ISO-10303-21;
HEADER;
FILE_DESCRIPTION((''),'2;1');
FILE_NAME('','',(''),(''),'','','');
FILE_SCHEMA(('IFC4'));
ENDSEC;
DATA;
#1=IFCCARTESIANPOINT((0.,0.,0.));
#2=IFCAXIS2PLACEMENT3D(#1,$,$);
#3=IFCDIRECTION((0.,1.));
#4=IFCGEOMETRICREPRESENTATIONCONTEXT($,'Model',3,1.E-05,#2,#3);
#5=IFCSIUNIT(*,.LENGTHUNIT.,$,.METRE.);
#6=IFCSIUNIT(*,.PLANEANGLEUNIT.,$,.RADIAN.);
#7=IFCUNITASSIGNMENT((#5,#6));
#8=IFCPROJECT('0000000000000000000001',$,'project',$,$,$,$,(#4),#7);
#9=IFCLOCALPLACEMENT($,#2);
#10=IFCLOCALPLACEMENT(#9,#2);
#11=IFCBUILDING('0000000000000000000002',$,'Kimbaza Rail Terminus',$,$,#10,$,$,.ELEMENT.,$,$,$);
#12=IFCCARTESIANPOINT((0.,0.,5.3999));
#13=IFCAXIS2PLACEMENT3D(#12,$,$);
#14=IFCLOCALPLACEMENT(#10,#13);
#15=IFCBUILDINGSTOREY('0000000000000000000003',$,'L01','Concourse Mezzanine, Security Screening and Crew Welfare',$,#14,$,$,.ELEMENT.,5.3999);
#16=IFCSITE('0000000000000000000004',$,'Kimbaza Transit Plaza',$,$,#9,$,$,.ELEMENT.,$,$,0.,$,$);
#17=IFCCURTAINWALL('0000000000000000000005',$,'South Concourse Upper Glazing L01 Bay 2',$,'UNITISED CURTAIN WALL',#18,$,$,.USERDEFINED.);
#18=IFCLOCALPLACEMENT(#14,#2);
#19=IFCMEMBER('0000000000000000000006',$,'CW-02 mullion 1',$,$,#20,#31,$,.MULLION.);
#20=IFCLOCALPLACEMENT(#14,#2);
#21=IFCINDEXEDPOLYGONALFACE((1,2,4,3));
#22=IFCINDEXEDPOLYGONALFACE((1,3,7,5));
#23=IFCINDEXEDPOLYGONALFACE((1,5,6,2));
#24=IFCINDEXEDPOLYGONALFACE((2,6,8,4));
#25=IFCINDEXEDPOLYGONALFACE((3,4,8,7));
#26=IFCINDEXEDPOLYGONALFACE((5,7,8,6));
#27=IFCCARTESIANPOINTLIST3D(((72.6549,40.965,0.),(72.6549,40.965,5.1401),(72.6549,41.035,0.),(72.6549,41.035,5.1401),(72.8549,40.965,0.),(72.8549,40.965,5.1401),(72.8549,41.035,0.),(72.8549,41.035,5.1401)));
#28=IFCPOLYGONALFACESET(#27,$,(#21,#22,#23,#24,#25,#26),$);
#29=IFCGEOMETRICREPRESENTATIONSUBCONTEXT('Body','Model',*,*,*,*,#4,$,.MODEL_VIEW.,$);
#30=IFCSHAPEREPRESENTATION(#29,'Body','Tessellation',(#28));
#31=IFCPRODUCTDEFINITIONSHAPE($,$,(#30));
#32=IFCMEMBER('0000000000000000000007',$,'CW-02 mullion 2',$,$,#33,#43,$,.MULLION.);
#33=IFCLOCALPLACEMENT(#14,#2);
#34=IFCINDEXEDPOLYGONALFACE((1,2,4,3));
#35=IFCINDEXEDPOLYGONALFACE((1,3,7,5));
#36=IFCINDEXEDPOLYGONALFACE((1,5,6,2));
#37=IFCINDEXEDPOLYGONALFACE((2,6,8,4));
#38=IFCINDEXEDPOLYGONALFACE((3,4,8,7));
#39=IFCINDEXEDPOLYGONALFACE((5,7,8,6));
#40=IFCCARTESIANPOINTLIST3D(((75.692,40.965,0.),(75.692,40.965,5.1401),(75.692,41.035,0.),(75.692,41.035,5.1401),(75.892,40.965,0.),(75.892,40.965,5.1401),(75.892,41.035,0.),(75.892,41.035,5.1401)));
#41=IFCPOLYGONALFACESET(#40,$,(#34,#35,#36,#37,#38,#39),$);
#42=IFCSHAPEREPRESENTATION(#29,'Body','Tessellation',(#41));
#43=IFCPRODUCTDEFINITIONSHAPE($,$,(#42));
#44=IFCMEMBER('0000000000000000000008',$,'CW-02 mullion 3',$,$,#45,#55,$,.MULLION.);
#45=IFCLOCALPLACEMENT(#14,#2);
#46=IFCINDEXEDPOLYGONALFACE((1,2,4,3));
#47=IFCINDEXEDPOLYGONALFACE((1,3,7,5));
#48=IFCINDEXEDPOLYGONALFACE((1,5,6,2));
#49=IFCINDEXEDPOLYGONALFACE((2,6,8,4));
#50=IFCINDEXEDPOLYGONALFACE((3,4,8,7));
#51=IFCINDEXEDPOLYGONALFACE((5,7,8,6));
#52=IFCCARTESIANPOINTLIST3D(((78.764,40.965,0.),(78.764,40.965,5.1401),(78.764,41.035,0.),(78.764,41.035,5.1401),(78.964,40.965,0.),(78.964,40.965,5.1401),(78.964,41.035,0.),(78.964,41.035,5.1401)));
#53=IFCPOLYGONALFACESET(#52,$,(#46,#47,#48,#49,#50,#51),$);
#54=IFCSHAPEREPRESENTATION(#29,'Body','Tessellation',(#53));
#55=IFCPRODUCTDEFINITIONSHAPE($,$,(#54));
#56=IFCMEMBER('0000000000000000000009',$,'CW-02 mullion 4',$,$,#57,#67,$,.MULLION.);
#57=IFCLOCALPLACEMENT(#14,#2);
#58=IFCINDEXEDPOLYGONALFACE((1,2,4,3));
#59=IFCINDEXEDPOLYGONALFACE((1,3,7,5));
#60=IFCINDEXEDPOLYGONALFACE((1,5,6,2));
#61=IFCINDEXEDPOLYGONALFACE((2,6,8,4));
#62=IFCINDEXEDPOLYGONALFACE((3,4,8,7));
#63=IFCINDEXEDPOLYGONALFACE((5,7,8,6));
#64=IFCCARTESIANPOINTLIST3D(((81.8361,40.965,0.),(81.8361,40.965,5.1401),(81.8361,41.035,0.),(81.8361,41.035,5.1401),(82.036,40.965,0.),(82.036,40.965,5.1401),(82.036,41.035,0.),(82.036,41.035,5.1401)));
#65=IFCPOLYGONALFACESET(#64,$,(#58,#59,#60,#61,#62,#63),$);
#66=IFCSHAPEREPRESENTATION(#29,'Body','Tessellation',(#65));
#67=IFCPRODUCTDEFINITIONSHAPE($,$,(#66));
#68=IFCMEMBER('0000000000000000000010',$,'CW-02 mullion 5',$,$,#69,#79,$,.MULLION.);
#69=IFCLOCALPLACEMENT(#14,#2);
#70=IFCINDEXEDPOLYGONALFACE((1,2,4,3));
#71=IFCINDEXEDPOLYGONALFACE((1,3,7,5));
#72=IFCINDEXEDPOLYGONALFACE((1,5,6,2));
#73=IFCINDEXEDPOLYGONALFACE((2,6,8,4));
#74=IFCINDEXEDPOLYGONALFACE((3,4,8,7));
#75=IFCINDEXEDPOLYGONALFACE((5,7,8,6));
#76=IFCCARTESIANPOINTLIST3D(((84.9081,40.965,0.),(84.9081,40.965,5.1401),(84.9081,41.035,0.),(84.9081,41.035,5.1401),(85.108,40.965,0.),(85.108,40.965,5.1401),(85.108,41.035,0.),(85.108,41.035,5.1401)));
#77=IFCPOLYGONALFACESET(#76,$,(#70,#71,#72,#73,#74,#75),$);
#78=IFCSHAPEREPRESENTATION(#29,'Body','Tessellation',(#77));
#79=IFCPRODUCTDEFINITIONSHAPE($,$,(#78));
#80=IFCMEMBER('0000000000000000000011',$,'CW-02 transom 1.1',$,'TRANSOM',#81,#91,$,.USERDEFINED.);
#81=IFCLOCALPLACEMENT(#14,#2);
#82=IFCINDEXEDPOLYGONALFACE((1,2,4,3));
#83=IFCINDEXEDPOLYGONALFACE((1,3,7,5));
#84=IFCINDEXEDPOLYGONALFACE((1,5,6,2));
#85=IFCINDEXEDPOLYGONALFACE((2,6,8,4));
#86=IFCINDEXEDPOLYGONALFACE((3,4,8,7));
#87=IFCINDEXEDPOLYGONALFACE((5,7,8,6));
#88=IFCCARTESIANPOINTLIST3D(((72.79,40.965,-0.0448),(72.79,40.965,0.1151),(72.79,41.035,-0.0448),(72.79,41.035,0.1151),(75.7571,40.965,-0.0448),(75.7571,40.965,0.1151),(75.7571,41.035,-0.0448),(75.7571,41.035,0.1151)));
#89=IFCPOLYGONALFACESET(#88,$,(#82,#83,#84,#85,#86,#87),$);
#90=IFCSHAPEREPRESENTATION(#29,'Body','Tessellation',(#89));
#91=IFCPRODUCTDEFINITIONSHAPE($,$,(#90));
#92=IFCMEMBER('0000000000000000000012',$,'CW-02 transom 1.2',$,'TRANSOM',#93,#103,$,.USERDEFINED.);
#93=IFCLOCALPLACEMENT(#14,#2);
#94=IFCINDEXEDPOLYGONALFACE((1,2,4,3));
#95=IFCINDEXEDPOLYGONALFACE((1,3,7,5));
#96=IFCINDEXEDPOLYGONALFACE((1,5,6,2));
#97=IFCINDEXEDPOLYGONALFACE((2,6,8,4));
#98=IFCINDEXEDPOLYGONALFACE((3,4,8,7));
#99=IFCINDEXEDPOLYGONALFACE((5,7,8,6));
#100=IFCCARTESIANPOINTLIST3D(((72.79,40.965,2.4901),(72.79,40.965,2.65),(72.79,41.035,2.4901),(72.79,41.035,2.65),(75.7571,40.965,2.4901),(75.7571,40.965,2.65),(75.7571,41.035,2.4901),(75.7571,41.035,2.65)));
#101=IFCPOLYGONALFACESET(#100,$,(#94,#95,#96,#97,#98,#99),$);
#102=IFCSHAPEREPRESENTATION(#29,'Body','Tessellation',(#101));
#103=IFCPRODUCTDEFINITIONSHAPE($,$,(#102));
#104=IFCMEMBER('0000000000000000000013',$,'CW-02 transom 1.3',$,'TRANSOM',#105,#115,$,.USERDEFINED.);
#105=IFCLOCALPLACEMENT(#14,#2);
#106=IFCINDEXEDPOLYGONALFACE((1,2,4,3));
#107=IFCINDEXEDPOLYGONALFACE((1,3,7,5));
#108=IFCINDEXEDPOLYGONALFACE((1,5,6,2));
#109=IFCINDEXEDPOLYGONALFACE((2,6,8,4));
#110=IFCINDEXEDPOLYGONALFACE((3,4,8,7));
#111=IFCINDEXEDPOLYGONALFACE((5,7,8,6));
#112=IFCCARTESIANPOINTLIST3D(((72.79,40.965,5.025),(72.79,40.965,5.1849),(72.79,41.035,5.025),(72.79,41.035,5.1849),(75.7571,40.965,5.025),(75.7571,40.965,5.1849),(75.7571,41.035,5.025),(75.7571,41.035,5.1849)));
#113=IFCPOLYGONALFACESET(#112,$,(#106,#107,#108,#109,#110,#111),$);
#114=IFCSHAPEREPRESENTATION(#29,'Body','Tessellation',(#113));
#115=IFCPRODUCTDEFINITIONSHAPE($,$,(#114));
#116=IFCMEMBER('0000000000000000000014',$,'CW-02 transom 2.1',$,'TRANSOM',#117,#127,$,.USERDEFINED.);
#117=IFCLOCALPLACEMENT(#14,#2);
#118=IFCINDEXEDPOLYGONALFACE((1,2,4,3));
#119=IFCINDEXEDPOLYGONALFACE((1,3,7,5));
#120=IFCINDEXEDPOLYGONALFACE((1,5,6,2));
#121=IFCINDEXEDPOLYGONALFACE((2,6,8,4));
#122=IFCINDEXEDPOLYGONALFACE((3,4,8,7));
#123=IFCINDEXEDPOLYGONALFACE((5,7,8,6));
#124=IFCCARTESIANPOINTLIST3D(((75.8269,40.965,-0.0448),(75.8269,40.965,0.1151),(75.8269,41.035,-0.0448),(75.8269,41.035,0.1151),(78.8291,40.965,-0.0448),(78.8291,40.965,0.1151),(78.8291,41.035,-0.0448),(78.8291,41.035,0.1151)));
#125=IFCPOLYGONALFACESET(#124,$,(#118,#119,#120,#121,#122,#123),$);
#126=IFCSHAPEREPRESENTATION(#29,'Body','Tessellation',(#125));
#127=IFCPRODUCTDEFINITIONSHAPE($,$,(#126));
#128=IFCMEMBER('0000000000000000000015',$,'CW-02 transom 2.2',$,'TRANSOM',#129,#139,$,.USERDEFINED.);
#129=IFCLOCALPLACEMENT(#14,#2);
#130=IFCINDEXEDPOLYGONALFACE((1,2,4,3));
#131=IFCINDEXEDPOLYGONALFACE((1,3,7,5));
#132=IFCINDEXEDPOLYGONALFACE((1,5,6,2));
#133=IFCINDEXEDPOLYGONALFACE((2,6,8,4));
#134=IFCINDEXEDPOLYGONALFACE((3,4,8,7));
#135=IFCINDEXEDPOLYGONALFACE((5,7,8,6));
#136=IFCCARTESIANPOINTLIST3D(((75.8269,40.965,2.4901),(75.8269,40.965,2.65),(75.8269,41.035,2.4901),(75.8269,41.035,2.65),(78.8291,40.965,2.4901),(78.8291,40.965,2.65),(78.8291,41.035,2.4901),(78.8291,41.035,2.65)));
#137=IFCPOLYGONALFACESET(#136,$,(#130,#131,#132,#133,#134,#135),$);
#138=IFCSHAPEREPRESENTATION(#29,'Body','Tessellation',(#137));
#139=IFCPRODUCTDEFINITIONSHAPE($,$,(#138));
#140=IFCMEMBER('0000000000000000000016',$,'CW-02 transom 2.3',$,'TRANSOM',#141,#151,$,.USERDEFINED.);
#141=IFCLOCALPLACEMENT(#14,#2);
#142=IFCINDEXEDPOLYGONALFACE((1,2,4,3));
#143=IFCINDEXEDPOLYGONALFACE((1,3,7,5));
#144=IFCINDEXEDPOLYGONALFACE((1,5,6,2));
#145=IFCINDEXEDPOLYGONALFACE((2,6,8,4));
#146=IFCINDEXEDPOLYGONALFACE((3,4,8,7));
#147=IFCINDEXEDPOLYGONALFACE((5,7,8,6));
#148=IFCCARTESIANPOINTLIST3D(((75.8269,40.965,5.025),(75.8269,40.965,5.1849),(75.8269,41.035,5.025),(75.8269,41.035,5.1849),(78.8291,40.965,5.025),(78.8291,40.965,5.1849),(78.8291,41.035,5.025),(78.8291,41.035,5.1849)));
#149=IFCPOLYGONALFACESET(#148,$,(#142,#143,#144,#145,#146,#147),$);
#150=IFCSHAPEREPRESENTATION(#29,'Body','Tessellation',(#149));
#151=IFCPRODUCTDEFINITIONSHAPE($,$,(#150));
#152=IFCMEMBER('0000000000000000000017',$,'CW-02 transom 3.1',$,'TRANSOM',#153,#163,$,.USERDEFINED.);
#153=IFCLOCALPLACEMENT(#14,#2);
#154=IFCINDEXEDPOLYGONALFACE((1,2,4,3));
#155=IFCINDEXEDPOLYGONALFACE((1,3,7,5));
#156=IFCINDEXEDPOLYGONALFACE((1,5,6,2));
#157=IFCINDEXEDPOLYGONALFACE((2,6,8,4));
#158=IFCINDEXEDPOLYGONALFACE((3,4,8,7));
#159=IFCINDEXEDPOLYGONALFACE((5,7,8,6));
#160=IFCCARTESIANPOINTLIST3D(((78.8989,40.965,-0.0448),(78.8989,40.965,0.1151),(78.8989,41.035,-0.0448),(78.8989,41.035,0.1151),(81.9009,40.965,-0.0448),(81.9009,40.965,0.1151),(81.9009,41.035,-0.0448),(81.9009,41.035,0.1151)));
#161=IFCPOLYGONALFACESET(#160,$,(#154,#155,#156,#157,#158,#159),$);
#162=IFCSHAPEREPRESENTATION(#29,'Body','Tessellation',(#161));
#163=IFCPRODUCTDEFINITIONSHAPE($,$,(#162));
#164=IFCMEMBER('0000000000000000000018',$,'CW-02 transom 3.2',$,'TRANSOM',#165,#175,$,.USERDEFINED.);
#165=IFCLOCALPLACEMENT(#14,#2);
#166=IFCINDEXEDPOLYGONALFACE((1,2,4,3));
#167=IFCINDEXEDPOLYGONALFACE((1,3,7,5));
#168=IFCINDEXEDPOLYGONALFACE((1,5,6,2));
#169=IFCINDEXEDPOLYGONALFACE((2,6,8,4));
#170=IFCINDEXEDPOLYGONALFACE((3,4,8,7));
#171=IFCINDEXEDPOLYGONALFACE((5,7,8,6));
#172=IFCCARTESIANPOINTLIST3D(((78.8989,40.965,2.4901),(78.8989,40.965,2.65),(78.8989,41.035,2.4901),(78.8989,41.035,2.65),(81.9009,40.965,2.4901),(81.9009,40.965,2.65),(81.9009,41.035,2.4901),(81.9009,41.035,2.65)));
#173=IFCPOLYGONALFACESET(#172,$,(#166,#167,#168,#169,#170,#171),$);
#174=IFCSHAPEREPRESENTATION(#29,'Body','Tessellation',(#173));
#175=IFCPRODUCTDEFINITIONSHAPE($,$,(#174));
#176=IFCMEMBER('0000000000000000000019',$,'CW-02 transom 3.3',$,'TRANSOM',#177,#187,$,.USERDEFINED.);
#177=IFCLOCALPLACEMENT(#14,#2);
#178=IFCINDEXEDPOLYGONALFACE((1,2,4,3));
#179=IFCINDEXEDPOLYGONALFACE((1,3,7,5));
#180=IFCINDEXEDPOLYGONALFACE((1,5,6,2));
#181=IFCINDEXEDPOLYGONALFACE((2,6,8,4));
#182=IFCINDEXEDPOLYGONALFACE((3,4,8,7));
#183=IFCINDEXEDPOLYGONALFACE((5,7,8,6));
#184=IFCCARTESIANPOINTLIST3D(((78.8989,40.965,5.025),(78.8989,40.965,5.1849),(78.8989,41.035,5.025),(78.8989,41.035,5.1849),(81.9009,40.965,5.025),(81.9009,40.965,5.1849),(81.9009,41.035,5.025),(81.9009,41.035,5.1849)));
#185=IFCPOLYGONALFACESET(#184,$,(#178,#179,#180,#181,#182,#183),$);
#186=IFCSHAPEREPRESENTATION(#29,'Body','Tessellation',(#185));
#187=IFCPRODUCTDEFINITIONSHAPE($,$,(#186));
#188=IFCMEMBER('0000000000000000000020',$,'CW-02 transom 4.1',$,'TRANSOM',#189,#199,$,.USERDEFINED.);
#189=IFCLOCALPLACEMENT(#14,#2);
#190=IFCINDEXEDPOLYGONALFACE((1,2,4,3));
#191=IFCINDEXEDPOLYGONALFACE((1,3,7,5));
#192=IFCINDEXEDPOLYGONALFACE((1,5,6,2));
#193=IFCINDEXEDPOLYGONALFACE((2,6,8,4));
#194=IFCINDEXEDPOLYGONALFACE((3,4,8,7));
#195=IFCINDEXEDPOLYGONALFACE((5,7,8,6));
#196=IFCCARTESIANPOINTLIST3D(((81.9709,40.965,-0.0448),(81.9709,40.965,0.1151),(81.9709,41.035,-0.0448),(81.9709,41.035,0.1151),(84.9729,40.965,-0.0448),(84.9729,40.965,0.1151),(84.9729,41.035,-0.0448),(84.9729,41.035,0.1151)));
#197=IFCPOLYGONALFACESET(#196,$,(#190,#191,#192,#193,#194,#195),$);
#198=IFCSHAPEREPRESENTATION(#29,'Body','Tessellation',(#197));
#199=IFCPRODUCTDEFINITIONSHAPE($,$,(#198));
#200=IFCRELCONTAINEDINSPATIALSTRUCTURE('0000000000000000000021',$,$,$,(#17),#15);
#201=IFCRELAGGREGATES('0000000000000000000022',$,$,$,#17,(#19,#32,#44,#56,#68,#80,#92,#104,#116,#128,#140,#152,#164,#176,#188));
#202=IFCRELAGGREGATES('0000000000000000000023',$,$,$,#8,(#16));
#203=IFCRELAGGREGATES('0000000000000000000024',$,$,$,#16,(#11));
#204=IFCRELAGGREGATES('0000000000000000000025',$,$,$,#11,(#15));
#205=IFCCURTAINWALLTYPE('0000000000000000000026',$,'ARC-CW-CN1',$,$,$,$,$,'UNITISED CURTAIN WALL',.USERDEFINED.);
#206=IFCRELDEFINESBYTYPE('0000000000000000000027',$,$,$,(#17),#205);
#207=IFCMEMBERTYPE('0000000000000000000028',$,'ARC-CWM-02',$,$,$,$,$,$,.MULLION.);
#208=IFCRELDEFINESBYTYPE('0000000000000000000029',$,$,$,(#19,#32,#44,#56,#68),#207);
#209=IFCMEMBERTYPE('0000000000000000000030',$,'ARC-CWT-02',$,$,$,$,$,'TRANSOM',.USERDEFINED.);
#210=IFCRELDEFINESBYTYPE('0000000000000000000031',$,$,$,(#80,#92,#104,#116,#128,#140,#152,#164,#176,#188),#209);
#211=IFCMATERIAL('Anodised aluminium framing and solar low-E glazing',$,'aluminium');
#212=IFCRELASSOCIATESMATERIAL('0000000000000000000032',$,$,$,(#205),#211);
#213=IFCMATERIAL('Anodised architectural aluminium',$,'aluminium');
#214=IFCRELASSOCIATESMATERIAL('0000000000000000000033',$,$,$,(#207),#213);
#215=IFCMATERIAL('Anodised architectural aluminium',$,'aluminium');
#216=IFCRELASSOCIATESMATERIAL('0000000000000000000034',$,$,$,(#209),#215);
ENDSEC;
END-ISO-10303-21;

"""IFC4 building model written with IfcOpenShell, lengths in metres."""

from ifc_helpers import new_model, si_unit, direction, frame, origin, origin_2d, place, context, subcontext, project, spatial, rectangle, extrude, material, material_profile, profile_set, type_object, element, aggregate, save


model = new_model("IFC4")

# Units and contexts
model_context = context("Model", 3, precision=1e-05, world=origin(), true_north=direction((0.0, 1.0)))
body_context = subcontext(model_context, "Body", "Model", "MODEL_VIEW")
ifc_project = project(units=[si_unit("LENGTHUNIT", "METRE"), si_unit("PLANEANGLEUNIT", "RADIAN")], contexts=[model_context])

# Site, building, storey
site_placement = place(None, origin())
site = spatial("IfcSite", under=ifc_project, at=site_placement, Name="Kimbaza Transit Plaza", CompositionType="ELEMENT", RefElevation=0.0)
building_placement = place(site_placement, origin())
building = spatial("IfcBuilding", under=site, at=building_placement, Name="Kimbaza Rail Terminus", CompositionType="ELEMENT")
storey_placement = place(building_placement, frame((0.0, 0.0, 5.3999)))
storey = spatial("IfcBuildingStorey", under=building, at=storey_placement, Name="L01", Description="Concourse Mezzanine, Security Screening and Crew Welfare", CompositionType="ELEMENT", Elevation=5.3999)

# Curtain wall, members
ifc_material_1 = material(Name="Anodised aluminium framing and solar low-E glazing", Category="aluminium")
curtain_wall_type = type_object("IfcCurtainWallType", Name="ARC-CW-CN1", ElementType="UNITISED CURTAIN WALL", PredefinedType="USERDEFINED", material=ifc_material_1)
curtain_wall_placement = place(storey_placement, origin())
curtain_wall = element("IfcCurtainWall", 1, at=curtain_wall_placement, inside=storey, type_object=curtain_wall_type, Name="South Concourse Upper Glazing L01 Bay 2", ObjectType="UNITISED CURTAIN WALL", PredefinedType="USERDEFINED")
ifc_material_2 = material(Name="Anodised architectural aluminium", Category="aluminium")
ifc_material_profile_1 = material_profile(ifc_material_2, rectangle(XDim=0.0701, YDim=0.2, at=origin_2d()), Name="MULLION 70x200")
ifc_profile_set_1 = profile_set([ifc_material_profile_1], Name="Anodised architectural aluminium")
member_type_1 = type_object("IfcMemberType", Name="ARC-CWM-02", PredefinedType="MULLION", material=ifc_profile_set_1)
member_1_placement = place(storey_placement, frame((72.7549, 41.0, 0.0), z_axis=(0.0, 0.0, 1.0), x_axis=(0.0, 1.0, 0.0)))
member_1 = element("IfcMember", 2, at=member_1_placement, type_object=member_type_1, Name="CW-02 mullion 1", PredefinedType="MULLION", context=body_context, shape_type="SweptSolid", body=[
    extrude(rectangle(XDim=0.0701, YDim=0.2, at=origin_2d()), origin(), (0.0, 0.0, 1.0), 5.1401),
])
member_2_placement = place(storey_placement, frame((75.792, 41.0, 0.0), z_axis=(0.0, 0.0, 1.0), x_axis=(0.0, 1.0, 0.0)))
member_2 = element("IfcMember", 3, at=member_2_placement, type_object=member_type_1, Name="CW-02 mullion 2", PredefinedType="MULLION", context=body_context, shape_type="SweptSolid", body=[
    extrude(rectangle(XDim=0.0701, YDim=0.2, at=origin_2d()), origin(), (0.0, 0.0, 1.0), 5.1401),
])
member_3_placement = place(storey_placement, frame((78.864, 41.0, 0.0), z_axis=(0.0, 0.0, 1.0), x_axis=(0.0, 1.0, 0.0)))
member_3 = element("IfcMember", 4, at=member_3_placement, type_object=member_type_1, Name="CW-02 mullion 3", PredefinedType="MULLION", context=body_context, shape_type="SweptSolid", body=[
    extrude(rectangle(XDim=0.0701, YDim=0.2, at=origin_2d()), origin(), (0.0, 0.0, 1.0), 5.1401),
])
member_4_placement = place(storey_placement, frame((81.936, 41.0, 0.0), z_axis=(0.0, 0.0, 1.0), x_axis=(0.0, 1.0, 0.0)))
member_4 = element("IfcMember", 5, at=member_4_placement, type_object=member_type_1, Name="CW-02 mullion 4", PredefinedType="MULLION", context=body_context, shape_type="SweptSolid", body=[
    extrude(rectangle(XDim=0.0701, YDim=0.2, at=origin_2d()), origin(), (0.0, 0.0, 1.0), 5.1401),
])
member_5_placement = place(storey_placement, frame((85.0081, 41.0, 0.0), z_axis=(0.0, 0.0, 1.0), x_axis=(0.0, 1.0, 0.0)))
member_5 = element("IfcMember", 6, at=member_5_placement, type_object=member_type_1, Name="CW-02 mullion 5", PredefinedType="MULLION", context=body_context, shape_type="SweptSolid", body=[
    extrude(rectangle(XDim=0.0701, YDim=0.2, at=origin_2d()), origin(), (0.0, 0.0, 1.0), 5.1401),
])
ifc_material_3 = material(Name="Anodised architectural aluminium", Category="aluminium")
ifc_material_profile_2 = material_profile(ifc_material_3, rectangle(XDim=0.0701, YDim=0.1599, at=origin_2d()), Name="TRANSOM 70x160")
ifc_profile_set_2 = profile_set([ifc_material_profile_2], Name="Anodised architectural aluminium")
member_type_2 = type_object("IfcMemberType", Name="ARC-CWT-02", ElementType="TRANSOM", PredefinedType="USERDEFINED", material=ifc_profile_set_2)
member_6_placement = place(storey_placement, frame((72.79, 41.0, 0.0352), z_axis=(1.0, 0.0, 0.0), x_axis=(0.0, 1.0, 0.0)))
member_6 = element("IfcMember", 7, at=member_6_placement, type_object=member_type_2, Name="CW-02 transom 1.1", ObjectType="TRANSOM", PredefinedType="USERDEFINED", context=body_context, shape_type="SweptSolid", body=[
    extrude(rectangle(XDim=0.0701, YDim=0.1599, at=origin_2d()), origin(), (0.0, 0.0, 1.0), 2.967),
])
member_7_placement = place(storey_placement, frame((72.79, 41.0, 2.5701), z_axis=(1.0, 0.0, 0.0), x_axis=(0.0, 1.0, 0.0)))
member_7 = element("IfcMember", 8, at=member_7_placement, type_object=member_type_2, Name="CW-02 transom 1.2", ObjectType="TRANSOM", PredefinedType="USERDEFINED", context=body_context, shape_type="SweptSolid", body=[
    extrude(rectangle(XDim=0.0701, YDim=0.1599, at=origin_2d()), origin(), (0.0, 0.0, 1.0), 2.967),
])
member_8_placement = place(storey_placement, frame((72.79, 41.0, 5.105), z_axis=(1.0, 0.0, 0.0), x_axis=(0.0, 1.0, 0.0)))
member_8 = element("IfcMember", 9, at=member_8_placement, type_object=member_type_2, Name="CW-02 transom 1.3", ObjectType="TRANSOM", PredefinedType="USERDEFINED", context=body_context, shape_type="SweptSolid", body=[
    extrude(rectangle(XDim=0.0701, YDim=0.1599, at=origin_2d()), origin(), (0.0, 0.0, 1.0), 2.967),
])
member_9_placement = place(storey_placement, frame((75.8269, 41.0, 0.0352), z_axis=(1.0, 0.0, 0.0), x_axis=(0.0, 1.0, 0.0)))
member_9 = element("IfcMember", 10, at=member_9_placement, type_object=member_type_2, Name="CW-02 transom 2.1", ObjectType="TRANSOM", PredefinedType="USERDEFINED", context=body_context, shape_type="SweptSolid", body=[
    extrude(rectangle(XDim=0.0701, YDim=0.1599, at=origin_2d()), origin(), (0.0, 0.0, 1.0), 3.0022),
])
member_10_placement = place(storey_placement, frame((75.8269, 41.0, 2.5701), z_axis=(1.0, 0.0, 0.0), x_axis=(0.0, 1.0, 0.0)))
member_10 = element("IfcMember", 11, at=member_10_placement, type_object=member_type_2, Name="CW-02 transom 2.2", ObjectType="TRANSOM", PredefinedType="USERDEFINED", context=body_context, shape_type="SweptSolid", body=[
    extrude(rectangle(XDim=0.0701, YDim=0.1599, at=origin_2d()), origin(), (0.0, 0.0, 1.0), 3.0022),
])
member_11_placement = place(storey_placement, frame((75.8269, 41.0, 5.105), z_axis=(1.0, 0.0, 0.0), x_axis=(0.0, 1.0, 0.0)))
member_11 = element("IfcMember", 12, at=member_11_placement, type_object=member_type_2, Name="CW-02 transom 2.3", ObjectType="TRANSOM", PredefinedType="USERDEFINED", context=body_context, shape_type="SweptSolid", body=[
    extrude(rectangle(XDim=0.0701, YDim=0.1599, at=origin_2d()), origin(), (0.0, 0.0, 1.0), 3.0022),
])
member_12_placement = place(storey_placement, frame((78.8989, 41.0, 0.0352), z_axis=(1.0, 0.0, 0.0), x_axis=(0.0, 1.0, 0.0)))
member_12 = element("IfcMember", 13, at=member_12_placement, type_object=member_type_2, Name="CW-02 transom 3.1", ObjectType="TRANSOM", PredefinedType="USERDEFINED", context=body_context, shape_type="SweptSolid", body=[
    extrude(rectangle(XDim=0.0701, YDim=0.1599, at=origin_2d()), origin(), (0.0, 0.0, 1.0), 3.002),
])
member_13_placement = place(storey_placement, frame((78.8989, 41.0, 2.5701), z_axis=(1.0, 0.0, 0.0), x_axis=(0.0, 1.0, 0.0)))
member_13 = element("IfcMember", 14, at=member_13_placement, type_object=member_type_2, Name="CW-02 transom 3.2", ObjectType="TRANSOM", PredefinedType="USERDEFINED", context=body_context, shape_type="SweptSolid", body=[
    extrude(rectangle(XDim=0.0701, YDim=0.1599, at=origin_2d()), origin(), (0.0, 0.0, 1.0), 3.002),
])
member_14_placement = place(storey_placement, frame((78.8989, 41.0, 5.105), z_axis=(1.0, 0.0, 0.0), x_axis=(0.0, 1.0, 0.0)))
member_14 = element("IfcMember", 15, at=member_14_placement, type_object=member_type_2, Name="CW-02 transom 3.3", ObjectType="TRANSOM", PredefinedType="USERDEFINED", context=body_context, shape_type="SweptSolid", body=[
    extrude(rectangle(XDim=0.0701, YDim=0.1599, at=origin_2d()), origin(), (0.0, 0.0, 1.0), 3.002),
])
member_15_placement = place(storey_placement, frame((81.9709, 41.0, 0.0352), z_axis=(1.0, 0.0, 0.0), x_axis=(0.0, 1.0, 0.0)))
member_15 = element("IfcMember", 16, at=member_15_placement, type_object=member_type_2, Name="CW-02 transom 4.1", ObjectType="TRANSOM", PredefinedType="USERDEFINED", context=body_context, shape_type="SweptSolid", body=[
    extrude(rectangle(XDim=0.0701, YDim=0.1599, at=origin_2d()), origin(), (0.0, 0.0, 1.0), 3.002),
])

aggregate(curtain_wall, [member_1, member_2, member_3, member_4, member_5, member_6, member_7, member_8, member_9, member_10, member_11, member_12, member_13, member_14, member_15])

save(model, "model.ifc")
